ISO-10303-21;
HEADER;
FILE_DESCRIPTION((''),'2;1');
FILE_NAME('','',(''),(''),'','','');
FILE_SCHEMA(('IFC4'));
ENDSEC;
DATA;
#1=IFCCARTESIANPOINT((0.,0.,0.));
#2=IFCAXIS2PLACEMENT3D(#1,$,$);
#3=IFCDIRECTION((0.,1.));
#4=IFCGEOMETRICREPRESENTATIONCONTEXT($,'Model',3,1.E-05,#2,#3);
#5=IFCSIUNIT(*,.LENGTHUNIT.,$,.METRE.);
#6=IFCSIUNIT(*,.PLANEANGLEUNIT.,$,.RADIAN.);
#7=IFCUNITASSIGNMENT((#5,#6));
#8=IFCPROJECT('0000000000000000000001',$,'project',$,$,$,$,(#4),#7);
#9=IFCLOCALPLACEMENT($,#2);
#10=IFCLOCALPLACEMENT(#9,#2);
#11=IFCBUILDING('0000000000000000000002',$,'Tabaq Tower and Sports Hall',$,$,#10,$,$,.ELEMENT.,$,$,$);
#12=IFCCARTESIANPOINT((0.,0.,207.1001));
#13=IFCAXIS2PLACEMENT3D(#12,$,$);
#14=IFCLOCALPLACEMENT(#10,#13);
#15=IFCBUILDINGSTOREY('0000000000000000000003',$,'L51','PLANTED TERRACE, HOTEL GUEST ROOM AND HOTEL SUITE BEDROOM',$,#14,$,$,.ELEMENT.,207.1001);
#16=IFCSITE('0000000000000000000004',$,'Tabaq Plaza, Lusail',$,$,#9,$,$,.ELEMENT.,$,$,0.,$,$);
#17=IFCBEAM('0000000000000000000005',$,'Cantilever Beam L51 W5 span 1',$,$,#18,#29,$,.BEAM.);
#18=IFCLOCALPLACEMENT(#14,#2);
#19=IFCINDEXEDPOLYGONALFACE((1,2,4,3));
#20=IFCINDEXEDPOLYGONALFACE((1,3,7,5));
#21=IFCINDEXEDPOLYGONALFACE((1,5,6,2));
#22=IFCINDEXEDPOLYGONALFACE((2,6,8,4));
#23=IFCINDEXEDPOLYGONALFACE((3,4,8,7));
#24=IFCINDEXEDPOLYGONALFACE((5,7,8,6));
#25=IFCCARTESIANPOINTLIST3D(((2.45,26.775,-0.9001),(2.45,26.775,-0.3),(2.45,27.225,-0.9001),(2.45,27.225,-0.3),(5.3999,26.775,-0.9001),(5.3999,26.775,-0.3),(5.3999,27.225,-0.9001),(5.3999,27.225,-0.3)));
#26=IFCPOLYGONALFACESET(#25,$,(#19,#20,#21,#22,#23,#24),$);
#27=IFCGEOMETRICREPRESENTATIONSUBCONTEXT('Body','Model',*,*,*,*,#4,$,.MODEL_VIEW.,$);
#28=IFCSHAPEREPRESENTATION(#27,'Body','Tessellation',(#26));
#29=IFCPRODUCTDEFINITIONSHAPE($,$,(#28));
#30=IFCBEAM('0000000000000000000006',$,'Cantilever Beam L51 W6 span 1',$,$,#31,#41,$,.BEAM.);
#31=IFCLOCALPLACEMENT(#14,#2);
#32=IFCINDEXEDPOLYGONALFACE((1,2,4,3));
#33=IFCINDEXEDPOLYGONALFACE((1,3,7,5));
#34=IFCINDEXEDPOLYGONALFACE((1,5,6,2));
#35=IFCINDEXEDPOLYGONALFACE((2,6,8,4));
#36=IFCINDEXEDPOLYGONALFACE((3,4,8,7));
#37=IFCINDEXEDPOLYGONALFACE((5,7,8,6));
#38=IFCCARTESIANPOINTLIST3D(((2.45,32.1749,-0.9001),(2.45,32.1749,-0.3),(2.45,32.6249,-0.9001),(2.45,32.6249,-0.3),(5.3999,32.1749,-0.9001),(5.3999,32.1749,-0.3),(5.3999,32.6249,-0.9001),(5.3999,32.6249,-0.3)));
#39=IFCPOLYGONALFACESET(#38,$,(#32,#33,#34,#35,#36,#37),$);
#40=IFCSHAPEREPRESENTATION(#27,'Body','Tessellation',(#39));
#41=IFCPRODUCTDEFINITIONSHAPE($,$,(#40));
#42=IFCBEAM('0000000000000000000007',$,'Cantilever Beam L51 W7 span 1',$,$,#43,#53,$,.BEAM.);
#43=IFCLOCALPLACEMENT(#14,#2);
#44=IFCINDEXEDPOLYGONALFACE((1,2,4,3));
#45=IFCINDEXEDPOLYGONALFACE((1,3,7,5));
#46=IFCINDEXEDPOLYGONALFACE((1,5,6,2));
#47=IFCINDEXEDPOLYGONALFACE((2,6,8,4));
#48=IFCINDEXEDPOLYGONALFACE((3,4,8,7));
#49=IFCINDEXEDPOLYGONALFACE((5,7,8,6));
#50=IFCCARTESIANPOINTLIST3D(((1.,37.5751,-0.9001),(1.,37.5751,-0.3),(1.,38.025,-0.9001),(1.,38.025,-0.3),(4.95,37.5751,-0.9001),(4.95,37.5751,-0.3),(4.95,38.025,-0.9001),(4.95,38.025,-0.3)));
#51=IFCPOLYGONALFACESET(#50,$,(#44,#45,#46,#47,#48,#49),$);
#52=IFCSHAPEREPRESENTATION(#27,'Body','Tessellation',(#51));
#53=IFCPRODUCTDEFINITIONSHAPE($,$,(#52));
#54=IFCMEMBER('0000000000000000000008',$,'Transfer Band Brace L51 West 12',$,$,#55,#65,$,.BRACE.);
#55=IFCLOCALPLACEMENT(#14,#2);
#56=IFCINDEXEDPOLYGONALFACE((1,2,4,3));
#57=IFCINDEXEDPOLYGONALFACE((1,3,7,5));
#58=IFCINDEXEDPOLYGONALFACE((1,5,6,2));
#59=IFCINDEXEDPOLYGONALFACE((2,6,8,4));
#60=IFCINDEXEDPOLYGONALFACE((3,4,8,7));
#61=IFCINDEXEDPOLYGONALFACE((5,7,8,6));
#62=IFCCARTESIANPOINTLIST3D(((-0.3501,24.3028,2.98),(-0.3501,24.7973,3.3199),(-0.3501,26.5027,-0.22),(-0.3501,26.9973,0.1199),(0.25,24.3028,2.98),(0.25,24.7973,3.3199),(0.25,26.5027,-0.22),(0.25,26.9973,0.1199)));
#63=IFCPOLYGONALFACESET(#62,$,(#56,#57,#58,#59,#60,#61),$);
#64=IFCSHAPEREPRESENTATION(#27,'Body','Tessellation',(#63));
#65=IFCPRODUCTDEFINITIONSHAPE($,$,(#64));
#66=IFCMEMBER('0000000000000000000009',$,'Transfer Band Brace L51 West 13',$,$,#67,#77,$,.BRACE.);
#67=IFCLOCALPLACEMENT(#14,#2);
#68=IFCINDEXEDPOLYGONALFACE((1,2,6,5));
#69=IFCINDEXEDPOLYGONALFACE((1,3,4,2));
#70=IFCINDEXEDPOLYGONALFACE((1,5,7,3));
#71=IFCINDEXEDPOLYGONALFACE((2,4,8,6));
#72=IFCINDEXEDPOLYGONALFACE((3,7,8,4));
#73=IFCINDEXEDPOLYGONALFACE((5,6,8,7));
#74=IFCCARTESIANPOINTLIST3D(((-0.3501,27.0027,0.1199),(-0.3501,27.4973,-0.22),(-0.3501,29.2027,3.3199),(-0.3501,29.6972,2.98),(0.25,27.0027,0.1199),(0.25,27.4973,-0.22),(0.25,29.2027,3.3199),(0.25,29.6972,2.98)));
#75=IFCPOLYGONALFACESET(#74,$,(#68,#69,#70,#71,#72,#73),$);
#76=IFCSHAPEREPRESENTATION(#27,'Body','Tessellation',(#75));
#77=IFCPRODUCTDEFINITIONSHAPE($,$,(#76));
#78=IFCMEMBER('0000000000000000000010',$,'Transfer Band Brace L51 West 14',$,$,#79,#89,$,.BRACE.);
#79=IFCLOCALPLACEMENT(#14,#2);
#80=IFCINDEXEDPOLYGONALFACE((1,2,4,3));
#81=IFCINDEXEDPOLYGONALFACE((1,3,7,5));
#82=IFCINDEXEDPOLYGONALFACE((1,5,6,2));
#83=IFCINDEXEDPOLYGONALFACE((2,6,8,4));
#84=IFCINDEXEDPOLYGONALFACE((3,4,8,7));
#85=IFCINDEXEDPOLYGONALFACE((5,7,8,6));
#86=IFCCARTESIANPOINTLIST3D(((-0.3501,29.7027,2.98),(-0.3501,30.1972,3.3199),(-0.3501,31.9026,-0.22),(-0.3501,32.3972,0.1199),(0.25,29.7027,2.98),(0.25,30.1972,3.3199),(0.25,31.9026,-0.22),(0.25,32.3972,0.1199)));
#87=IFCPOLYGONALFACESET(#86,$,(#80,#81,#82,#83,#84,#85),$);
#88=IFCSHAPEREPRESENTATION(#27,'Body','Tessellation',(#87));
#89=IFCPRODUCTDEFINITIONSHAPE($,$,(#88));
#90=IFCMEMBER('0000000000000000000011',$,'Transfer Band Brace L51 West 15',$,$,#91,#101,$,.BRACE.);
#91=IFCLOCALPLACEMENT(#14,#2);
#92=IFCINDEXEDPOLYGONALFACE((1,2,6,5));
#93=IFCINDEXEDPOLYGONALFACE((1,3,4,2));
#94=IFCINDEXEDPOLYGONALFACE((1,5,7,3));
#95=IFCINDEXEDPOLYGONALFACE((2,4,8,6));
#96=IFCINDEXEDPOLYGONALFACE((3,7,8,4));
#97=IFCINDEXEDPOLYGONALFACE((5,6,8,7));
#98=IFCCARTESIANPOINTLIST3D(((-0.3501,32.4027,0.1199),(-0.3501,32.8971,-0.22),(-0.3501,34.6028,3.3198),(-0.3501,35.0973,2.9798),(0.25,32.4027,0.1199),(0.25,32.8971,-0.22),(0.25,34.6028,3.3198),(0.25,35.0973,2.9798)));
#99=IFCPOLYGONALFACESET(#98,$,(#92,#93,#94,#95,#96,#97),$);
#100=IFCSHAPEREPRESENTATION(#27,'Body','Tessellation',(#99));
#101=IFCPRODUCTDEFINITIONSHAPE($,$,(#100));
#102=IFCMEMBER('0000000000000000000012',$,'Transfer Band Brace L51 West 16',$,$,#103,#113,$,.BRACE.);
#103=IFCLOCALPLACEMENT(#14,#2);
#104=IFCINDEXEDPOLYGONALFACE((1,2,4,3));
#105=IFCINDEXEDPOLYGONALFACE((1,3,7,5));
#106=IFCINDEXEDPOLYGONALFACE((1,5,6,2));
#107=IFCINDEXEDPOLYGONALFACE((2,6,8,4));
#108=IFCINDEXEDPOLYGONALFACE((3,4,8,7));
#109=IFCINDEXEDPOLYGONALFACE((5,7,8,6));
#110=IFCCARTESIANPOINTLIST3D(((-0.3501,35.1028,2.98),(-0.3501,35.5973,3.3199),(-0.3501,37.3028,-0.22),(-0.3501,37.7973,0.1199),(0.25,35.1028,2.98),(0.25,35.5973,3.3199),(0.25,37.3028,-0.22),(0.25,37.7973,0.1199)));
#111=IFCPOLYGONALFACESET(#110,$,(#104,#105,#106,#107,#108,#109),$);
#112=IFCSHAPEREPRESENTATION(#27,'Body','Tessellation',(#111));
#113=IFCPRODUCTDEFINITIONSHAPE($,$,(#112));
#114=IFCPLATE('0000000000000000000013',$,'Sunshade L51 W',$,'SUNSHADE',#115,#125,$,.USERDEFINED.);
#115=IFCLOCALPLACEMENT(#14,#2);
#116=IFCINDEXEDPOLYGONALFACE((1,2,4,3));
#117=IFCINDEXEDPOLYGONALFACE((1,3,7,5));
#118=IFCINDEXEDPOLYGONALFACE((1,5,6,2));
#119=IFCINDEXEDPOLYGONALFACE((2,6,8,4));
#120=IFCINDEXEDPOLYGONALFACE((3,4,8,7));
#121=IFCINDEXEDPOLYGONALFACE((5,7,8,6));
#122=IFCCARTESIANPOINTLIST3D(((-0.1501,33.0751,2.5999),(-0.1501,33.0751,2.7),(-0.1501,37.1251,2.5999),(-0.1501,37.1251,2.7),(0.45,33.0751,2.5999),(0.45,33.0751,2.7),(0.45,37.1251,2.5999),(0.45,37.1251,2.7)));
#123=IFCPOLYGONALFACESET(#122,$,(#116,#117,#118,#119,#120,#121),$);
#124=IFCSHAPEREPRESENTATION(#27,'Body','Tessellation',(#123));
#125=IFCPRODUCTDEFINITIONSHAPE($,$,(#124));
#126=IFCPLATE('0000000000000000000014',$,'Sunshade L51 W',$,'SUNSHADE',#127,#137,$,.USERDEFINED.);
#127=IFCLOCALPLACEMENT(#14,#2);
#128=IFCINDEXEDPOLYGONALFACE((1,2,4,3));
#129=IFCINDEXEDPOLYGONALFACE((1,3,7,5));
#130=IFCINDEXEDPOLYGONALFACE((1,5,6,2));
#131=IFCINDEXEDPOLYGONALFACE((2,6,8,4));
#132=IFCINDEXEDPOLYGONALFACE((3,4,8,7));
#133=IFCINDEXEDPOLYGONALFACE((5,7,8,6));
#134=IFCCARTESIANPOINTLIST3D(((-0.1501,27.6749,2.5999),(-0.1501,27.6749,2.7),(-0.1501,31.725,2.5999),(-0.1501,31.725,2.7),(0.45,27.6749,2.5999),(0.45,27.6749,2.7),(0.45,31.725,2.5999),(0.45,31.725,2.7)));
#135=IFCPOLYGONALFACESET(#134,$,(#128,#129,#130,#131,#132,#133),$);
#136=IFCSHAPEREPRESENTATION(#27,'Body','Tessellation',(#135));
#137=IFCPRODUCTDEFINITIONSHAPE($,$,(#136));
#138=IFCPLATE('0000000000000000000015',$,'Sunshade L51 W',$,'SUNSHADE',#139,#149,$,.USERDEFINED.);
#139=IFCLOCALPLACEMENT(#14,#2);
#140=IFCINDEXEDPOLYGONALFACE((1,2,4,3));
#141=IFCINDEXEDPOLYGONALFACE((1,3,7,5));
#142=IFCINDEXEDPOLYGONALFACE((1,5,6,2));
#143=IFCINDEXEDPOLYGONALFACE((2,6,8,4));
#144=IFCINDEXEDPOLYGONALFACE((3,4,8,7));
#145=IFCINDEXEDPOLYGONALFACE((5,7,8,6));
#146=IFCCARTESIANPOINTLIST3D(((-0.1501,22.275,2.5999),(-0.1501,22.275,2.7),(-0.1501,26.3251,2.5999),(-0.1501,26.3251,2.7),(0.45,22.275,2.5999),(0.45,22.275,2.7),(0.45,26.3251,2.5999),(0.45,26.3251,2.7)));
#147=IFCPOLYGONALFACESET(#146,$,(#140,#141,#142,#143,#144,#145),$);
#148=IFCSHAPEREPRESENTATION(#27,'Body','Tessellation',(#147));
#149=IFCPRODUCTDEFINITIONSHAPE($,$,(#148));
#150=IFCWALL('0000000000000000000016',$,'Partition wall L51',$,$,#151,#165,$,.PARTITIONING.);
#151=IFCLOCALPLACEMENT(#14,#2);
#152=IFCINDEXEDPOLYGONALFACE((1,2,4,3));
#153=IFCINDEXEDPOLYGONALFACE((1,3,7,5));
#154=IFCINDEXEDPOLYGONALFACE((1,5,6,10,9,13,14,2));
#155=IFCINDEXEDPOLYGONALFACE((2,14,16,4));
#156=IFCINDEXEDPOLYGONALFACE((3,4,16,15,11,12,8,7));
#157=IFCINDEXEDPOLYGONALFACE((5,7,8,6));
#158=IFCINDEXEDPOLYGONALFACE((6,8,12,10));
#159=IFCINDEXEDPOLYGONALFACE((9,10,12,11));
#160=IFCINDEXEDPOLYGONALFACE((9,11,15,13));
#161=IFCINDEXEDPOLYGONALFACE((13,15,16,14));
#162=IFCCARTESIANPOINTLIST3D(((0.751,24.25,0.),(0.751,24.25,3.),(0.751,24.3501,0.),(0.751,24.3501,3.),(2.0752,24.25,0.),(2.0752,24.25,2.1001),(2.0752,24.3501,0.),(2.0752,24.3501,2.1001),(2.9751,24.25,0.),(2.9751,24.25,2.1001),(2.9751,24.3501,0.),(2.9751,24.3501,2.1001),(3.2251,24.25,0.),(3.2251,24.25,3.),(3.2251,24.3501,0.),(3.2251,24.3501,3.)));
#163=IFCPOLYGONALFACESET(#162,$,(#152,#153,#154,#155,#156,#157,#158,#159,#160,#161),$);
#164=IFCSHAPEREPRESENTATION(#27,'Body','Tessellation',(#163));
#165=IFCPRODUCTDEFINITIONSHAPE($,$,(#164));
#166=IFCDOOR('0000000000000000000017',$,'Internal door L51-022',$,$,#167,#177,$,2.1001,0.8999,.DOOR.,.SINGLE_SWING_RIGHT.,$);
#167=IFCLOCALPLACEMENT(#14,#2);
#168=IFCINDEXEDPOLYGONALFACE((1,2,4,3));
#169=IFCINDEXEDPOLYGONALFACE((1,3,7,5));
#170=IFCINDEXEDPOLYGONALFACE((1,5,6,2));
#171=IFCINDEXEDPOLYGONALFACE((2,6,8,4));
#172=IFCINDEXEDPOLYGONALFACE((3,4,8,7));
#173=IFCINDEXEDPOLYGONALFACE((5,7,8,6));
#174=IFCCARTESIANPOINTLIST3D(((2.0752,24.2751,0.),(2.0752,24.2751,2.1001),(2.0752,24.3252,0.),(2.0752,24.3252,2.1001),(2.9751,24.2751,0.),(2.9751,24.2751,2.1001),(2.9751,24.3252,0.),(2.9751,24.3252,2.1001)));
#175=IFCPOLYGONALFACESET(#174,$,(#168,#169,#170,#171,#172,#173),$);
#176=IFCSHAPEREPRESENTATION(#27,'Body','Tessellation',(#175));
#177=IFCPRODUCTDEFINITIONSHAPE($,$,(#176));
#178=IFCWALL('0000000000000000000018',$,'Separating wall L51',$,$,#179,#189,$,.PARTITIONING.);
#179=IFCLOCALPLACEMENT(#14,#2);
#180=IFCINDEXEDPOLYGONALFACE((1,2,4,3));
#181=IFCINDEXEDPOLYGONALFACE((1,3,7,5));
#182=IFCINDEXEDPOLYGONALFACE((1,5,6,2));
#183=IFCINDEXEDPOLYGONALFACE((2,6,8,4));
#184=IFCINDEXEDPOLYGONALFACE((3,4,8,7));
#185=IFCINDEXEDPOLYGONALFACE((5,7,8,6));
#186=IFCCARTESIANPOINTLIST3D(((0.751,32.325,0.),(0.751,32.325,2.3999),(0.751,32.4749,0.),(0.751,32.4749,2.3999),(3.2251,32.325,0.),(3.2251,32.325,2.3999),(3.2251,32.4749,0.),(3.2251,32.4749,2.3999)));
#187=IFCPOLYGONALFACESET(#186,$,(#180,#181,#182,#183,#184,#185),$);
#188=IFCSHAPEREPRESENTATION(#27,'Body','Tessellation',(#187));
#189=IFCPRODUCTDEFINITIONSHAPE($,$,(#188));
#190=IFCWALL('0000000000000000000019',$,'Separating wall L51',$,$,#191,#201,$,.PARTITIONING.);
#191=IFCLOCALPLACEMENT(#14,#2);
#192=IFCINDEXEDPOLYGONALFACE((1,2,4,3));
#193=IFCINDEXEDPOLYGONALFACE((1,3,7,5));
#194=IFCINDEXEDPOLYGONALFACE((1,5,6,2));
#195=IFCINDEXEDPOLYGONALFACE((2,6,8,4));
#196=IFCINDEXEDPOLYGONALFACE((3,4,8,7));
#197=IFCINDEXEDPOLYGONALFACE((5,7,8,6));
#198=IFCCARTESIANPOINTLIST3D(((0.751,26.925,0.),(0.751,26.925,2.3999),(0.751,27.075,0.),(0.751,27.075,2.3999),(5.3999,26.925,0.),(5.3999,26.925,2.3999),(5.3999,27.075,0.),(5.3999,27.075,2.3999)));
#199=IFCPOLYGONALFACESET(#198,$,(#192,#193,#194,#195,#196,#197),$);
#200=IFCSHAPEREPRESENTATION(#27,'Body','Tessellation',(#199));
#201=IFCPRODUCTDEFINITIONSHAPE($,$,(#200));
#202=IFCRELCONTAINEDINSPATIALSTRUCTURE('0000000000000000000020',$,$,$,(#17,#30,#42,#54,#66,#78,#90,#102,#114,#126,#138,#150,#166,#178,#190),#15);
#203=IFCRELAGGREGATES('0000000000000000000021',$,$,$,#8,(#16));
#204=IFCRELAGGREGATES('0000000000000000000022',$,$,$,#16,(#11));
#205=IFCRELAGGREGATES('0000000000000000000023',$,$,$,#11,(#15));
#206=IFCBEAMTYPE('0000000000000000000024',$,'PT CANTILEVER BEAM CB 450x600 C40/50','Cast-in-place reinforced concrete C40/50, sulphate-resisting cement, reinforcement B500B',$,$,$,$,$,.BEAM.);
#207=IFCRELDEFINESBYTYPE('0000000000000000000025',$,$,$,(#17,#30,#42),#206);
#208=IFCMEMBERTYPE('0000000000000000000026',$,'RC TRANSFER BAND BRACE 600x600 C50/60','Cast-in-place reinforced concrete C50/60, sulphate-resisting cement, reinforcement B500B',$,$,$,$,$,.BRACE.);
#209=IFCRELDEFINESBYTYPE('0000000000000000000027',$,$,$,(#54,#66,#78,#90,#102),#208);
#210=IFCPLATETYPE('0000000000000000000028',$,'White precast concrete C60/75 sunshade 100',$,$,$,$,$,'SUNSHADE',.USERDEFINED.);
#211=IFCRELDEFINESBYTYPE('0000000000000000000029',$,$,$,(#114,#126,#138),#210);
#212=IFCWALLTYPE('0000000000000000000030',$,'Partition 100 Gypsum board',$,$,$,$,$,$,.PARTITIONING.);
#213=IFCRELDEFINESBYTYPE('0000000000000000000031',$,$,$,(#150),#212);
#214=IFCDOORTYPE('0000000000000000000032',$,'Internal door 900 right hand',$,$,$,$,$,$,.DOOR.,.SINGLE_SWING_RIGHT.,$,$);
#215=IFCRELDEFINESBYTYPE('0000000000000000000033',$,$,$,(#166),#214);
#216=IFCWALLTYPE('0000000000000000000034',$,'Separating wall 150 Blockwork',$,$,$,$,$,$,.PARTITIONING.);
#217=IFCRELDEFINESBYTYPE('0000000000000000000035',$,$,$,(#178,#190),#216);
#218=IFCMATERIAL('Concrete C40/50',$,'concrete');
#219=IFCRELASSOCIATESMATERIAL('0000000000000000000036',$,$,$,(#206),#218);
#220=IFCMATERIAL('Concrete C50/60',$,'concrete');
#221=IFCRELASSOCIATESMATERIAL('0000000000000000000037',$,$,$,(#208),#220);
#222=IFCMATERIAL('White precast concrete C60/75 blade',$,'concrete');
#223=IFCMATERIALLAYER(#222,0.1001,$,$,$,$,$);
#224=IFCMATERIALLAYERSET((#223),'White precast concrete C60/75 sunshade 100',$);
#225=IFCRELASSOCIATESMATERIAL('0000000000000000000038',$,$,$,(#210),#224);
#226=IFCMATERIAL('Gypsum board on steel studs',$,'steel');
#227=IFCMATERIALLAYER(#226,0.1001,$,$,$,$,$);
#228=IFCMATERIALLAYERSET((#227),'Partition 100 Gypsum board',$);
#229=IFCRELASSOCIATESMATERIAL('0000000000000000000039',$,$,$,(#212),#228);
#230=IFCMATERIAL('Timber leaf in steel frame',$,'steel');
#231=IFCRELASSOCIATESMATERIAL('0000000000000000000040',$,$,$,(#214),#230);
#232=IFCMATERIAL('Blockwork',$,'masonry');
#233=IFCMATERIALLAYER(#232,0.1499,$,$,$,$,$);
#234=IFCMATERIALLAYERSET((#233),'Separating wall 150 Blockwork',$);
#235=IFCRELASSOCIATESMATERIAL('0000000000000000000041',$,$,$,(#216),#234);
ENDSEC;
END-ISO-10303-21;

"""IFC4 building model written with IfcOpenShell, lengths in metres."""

from ifc_helpers import new_model, si_unit, direction, frame, frame_2d, origin, origin_2d, place, context, subcontext, project, spatial, rectangle, extrude, material, layer, layer_set, material_profile, profile_set, type_object, element, fill, save


model = new_model("IFC4")

# Units and contexts
model_context = context("Model", 3, precision=1e-05, world=origin(), true_north=direction((0.0, 1.0)))
body_context = subcontext(model_context, "Body", "Model", "MODEL_VIEW")
ifc_project = project(units=[si_unit("LENGTHUNIT", "METRE"), si_unit("PLANEANGLEUNIT", "RADIAN")], contexts=[model_context])

# Site, building, storey
site_placement = place(None, origin())
site = spatial("IfcSite", under=ifc_project, at=site_placement, Name="Tabaq Plaza, Lusail", CompositionType="ELEMENT", RefElevation=0.0)
building_placement = place(site_placement, origin())
building = spatial("IfcBuilding", under=site, at=building_placement, Name="Tabaq Tower and Sports Hall", CompositionType="ELEMENT")
storey_placement = place(building_placement, frame((0.0, 0.0, 207.1001)))
storey = spatial("IfcBuildingStorey", under=building, at=storey_placement, Name="L51", Description="PLANTED TERRACE, HOTEL GUEST ROOM AND HOTEL SUITE BEDROOM", CompositionType="ELEMENT", Elevation=207.1001)

# Beams
ifc_material_1 = material(Name="Concrete C40/50", Category="concrete")
ifc_material_profile_1 = material_profile(ifc_material_1, rectangle(XDim=0.45, YDim=0.6001, at=origin_2d()), Name="CB 450x600")
ifc_profile_set_1 = profile_set([ifc_material_profile_1], Name="Concrete C40/50")
beam_type = type_object("IfcBeamType", Name="PT CANTILEVER BEAM CB 450x600 C40/50", Description="Cast-in-place reinforced concrete C40/50, sulphate-resisting cement, reinforcement B500B", PredefinedType="BEAM", material=ifc_profile_set_1)
for number, where, z_axis, x_axis, name in (
    (1, (2.45, 27.0, -0.6001), (1.0, 0.0, 0.0), (0.0, 1.0, 0.0), "Cantilever Beam L51 W5 span 1"),
    (2, (2.45, 32.3999, -0.6001), (1.0, 0.0, 0.0), (0.0, 1.0, 0.0), "Cantilever Beam L51 W6 span 1"),
):
    element("IfcBeam", number, at=place(storey_placement, frame(where, z_axis=z_axis, x_axis=x_axis)), inside=storey, type_object=beam_type, Name=name, PredefinedType="BEAM", context=body_context, shape_type="SweptSolid", body=[
        extrude(rectangle(XDim=0.45, YDim=0.6001, at=origin_2d()), origin(), (0.0, 0.0, 1.0), 2.95),
    ])
beam_placement = place(storey_placement, frame((1.0, 37.8, -0.6001), z_axis=(1.0, 0.0, 0.0), x_axis=(0.0, 1.0, 0.0)))
element("IfcBeam", 3, at=beam_placement, inside=storey, type_object=beam_type, Name="Cantilever Beam L51 W7 span 1", PredefinedType="BEAM", context=body_context, shape_type="SweptSolid", body=[
    extrude(rectangle(XDim=0.45, YDim=0.6001, at=origin_2d()), origin(), (0.0, 0.0, 1.0), 3.95),
])

# Members
ifc_material_2 = material(Name="Concrete C50/60", Category="concrete")
ifc_material_profile_2 = material_profile(ifc_material_2, rectangle(XDim=0.6001, YDim=0.6001, at=origin_2d()), Name="TRANSFER BAND BRACE 600x600")
ifc_profile_set_2 = profile_set([ifc_material_profile_2], Name="Concrete C50/60")
member_type = type_object("IfcMemberType", Name="RC TRANSFER BAND BRACE 600x600 C50/60", Description="Cast-in-place reinforced concrete C50/60, sulphate-resisting cement, reinforcement B500B", PredefinedType="BRACE", material=ifc_profile_set_2)
for number, where, z_axis, x_axis, name in (
    (4, (-0.05, 26.75, -0.05), (0.0, -0.566526, 0.824044), (1.0, 0.0, 0.0), "Transfer Band Brace L51 West 12"),
    (5, (-0.05, 27.25, -0.05), (0.0, 0.566526, 0.824044), (-1.0, 0.0, 0.0), "Transfer Band Brace L51 West 13"),
    (6, (-0.05, 32.1499, -0.05), (0.0, -0.566526, 0.824044), (1.0, 0.0, 0.0), "Transfer Band Brace L51 West 14"),
    (7, (-0.05, 32.6499, -0.05), (0.0, 0.566569, 0.824014), (-1.0, 0.0, 0.0), "Transfer Band Brace L51 West 15"),
    (8, (-0.05, 37.55, -0.05), (0.0, -0.566526, 0.824044), (1.0, 0.0, 0.0), "Transfer Band Brace L51 West 16"),
):
    element("IfcMember", number, at=place(storey_placement, frame(where, z_axis=z_axis, x_axis=x_axis)), inside=storey, type_object=member_type, Name=name, PredefinedType="BRACE", context=body_context, shape_type="SweptSolid", body=[
        extrude(rectangle(XDim=0.6001, YDim=0.6001, at=origin_2d()), origin(), (0.0, 0.0, 1.0), 3.8833),
    ])

# Plates
ifc_material_3 = material(Name="White precast concrete C60/75 blade", Category="concrete")
ifc_layer_1 = layer(ifc_material_3, 0.1001)
ifc_layer_set_1 = layer_set([ifc_layer_1], Name="White precast concrete C60/75 sunshade 100")
plate_type = type_object("IfcPlateType", Name="White precast concrete C60/75 sunshade 100", ElementType="SUNSHADE", PredefinedType="USERDEFINED", material=ifc_layer_set_1)
for number, where, z_axis, x_axis, name in (
    (9, (0.1499, 35.1001, 2.5999), (0.0, 0.0, 1.0), (0.0, -1.0, 0.0), "Sunshade L51 W"),
    (10, (0.1499, 29.7, 2.5999), (0.0, 0.0, 1.0), (0.0, -1.0, 0.0), "Sunshade L51 W"),
    (11, (0.1499, 24.3, 2.5999), (0.0, 0.0, 1.0), (0.0, -1.0, 0.0), "Sunshade L51 W"),
):
    element("IfcPlate", number, at=place(storey_placement, frame(where, z_axis=z_axis, x_axis=x_axis)), inside=storey, type_object=plate_type, Name=name, ObjectType="SUNSHADE", PredefinedType="USERDEFINED", context=body_context, shape_type="SweptSolid", body=[
        extrude(rectangle(XDim=4.05, YDim=0.6001, at=origin_2d()), origin(), (0.0, 0.0, 1.0), 0.1001),
    ])

# Wall, opening, door
ifc_material_4 = material(Name="Gypsum board on steel studs", Category="steel")
ifc_layer_2 = layer(ifc_material_4, 0.1001)
ifc_layer_set_2 = layer_set([ifc_layer_2], Name="Partition 100 Gypsum board")
wall_type_1 = type_object("IfcWallType", Name="Partition 100 Gypsum board", PredefinedType="PARTITIONING", material=ifc_layer_set_2)
wall_1_placement = place(storey_placement, frame((3.2251, 24.3, 0.0), z_axis=(0.0, 0.0, 1.0), x_axis=(-1.0, 0.0, 0.0)))
wall_1 = element("IfcWall", 12, at=wall_1_placement, inside=storey, type_object=wall_type_1, Name="Partition wall L51", PredefinedType="PARTITIONING", context=body_context, shape_type="SweptSolid", body=[
    extrude(rectangle(XDim=2.4741, YDim=0.1001, at=frame_2d((1.2371, 0.0))), origin(), (0.0, 0.0, 1.0), 3.0),
])
opening_placement = place(wall_1_placement, frame((0.25, 0.0, 0.0)))
opening = element("IfcOpeningElement", 13, at=opening_placement, cuts=wall_1, PredefinedType="OPENING", context=body_context, shape_type="SweptSolid", body=[
    extrude(rectangle(XDim=0.8999, YDim=2.1001, at=frame_2d((0.45, 1.05))), frame((0.0, 0.05, 0.0), z_axis=(0.0, -1.0, 0.0), x_axis=(1.0, 0.0, 0.0)), (0.0, 0.0, 1.0), 0.1001),
])
ifc_material_5 = material(Name="Timber leaf in steel frame", Category="steel")
door_type = type_object("IfcDoorType", Name="Internal door 900 right hand", OperationType="SINGLE_SWING_RIGHT", PredefinedType="DOOR", material=ifc_material_5)
door_placement = place(opening_placement, origin())
door = element("IfcDoor", 14, at=door_placement, inside=storey, type_object=door_type, Name="Internal door L51-022", OperationType="SINGLE_SWING_RIGHT", OverallHeight=2.1001, OverallWidth=0.8999, PredefinedType="DOOR", context=body_context, shape_type="SweptSolid", body=[
    extrude(rectangle(XDim=0.8999, YDim=2.1001, at=frame_2d((0.45, 1.05))), frame((0.0, 0.0249, 0.0), z_axis=(0.0, -1.0, 0.0), x_axis=(1.0, 0.0, 0.0)), (0.0, 0.0, 1.0), 0.05),
])
fill(opening, door)

# Walls
ifc_material_6 = material(Name="Blockwork", Category="masonry")
ifc_layer_3 = layer(ifc_material_6, 0.1499)
ifc_layer_set_3 = layer_set([ifc_layer_3], Name="Separating wall 150 Blockwork")
wall_type_2 = type_object("IfcWallType", Name="Separating wall 150 Blockwork", PredefinedType="PARTITIONING", material=ifc_layer_set_3)
wall_2_placement = place(storey_placement, frame((0.751, 32.3999, 0.0), z_axis=(0.0, 0.0, 1.0), x_axis=(1.0, 0.0, 0.0)))
element("IfcWall", 15, at=wall_2_placement, inside=storey, type_object=wall_type_2, Name="Separating wall L51", PredefinedType="PARTITIONING", context=body_context, shape_type="SweptSolid", body=[
    extrude(rectangle(XDim=2.4741, YDim=0.1499, at=frame_2d((1.2371, 0.0))), origin(), (0.0, 0.0, 1.0), 2.3999),
])
wall_3_placement = place(storey_placement, frame((0.751, 27.0, 0.0), z_axis=(0.0, 0.0, 1.0), x_axis=(1.0, 0.0, 0.0)))
element("IfcWall", 16, at=wall_3_placement, inside=storey, type_object=wall_type_2, Name="Separating wall L51", PredefinedType="PARTITIONING", context=body_context, shape_type="SweptSolid", body=[
    extrude(rectangle(XDim=4.6489, YDim=0.1499, at=frame_2d((2.3245, 0.0))), origin(), (0.0, 0.0, 1.0), 2.3999),
])

save(model, "model.ifc")
